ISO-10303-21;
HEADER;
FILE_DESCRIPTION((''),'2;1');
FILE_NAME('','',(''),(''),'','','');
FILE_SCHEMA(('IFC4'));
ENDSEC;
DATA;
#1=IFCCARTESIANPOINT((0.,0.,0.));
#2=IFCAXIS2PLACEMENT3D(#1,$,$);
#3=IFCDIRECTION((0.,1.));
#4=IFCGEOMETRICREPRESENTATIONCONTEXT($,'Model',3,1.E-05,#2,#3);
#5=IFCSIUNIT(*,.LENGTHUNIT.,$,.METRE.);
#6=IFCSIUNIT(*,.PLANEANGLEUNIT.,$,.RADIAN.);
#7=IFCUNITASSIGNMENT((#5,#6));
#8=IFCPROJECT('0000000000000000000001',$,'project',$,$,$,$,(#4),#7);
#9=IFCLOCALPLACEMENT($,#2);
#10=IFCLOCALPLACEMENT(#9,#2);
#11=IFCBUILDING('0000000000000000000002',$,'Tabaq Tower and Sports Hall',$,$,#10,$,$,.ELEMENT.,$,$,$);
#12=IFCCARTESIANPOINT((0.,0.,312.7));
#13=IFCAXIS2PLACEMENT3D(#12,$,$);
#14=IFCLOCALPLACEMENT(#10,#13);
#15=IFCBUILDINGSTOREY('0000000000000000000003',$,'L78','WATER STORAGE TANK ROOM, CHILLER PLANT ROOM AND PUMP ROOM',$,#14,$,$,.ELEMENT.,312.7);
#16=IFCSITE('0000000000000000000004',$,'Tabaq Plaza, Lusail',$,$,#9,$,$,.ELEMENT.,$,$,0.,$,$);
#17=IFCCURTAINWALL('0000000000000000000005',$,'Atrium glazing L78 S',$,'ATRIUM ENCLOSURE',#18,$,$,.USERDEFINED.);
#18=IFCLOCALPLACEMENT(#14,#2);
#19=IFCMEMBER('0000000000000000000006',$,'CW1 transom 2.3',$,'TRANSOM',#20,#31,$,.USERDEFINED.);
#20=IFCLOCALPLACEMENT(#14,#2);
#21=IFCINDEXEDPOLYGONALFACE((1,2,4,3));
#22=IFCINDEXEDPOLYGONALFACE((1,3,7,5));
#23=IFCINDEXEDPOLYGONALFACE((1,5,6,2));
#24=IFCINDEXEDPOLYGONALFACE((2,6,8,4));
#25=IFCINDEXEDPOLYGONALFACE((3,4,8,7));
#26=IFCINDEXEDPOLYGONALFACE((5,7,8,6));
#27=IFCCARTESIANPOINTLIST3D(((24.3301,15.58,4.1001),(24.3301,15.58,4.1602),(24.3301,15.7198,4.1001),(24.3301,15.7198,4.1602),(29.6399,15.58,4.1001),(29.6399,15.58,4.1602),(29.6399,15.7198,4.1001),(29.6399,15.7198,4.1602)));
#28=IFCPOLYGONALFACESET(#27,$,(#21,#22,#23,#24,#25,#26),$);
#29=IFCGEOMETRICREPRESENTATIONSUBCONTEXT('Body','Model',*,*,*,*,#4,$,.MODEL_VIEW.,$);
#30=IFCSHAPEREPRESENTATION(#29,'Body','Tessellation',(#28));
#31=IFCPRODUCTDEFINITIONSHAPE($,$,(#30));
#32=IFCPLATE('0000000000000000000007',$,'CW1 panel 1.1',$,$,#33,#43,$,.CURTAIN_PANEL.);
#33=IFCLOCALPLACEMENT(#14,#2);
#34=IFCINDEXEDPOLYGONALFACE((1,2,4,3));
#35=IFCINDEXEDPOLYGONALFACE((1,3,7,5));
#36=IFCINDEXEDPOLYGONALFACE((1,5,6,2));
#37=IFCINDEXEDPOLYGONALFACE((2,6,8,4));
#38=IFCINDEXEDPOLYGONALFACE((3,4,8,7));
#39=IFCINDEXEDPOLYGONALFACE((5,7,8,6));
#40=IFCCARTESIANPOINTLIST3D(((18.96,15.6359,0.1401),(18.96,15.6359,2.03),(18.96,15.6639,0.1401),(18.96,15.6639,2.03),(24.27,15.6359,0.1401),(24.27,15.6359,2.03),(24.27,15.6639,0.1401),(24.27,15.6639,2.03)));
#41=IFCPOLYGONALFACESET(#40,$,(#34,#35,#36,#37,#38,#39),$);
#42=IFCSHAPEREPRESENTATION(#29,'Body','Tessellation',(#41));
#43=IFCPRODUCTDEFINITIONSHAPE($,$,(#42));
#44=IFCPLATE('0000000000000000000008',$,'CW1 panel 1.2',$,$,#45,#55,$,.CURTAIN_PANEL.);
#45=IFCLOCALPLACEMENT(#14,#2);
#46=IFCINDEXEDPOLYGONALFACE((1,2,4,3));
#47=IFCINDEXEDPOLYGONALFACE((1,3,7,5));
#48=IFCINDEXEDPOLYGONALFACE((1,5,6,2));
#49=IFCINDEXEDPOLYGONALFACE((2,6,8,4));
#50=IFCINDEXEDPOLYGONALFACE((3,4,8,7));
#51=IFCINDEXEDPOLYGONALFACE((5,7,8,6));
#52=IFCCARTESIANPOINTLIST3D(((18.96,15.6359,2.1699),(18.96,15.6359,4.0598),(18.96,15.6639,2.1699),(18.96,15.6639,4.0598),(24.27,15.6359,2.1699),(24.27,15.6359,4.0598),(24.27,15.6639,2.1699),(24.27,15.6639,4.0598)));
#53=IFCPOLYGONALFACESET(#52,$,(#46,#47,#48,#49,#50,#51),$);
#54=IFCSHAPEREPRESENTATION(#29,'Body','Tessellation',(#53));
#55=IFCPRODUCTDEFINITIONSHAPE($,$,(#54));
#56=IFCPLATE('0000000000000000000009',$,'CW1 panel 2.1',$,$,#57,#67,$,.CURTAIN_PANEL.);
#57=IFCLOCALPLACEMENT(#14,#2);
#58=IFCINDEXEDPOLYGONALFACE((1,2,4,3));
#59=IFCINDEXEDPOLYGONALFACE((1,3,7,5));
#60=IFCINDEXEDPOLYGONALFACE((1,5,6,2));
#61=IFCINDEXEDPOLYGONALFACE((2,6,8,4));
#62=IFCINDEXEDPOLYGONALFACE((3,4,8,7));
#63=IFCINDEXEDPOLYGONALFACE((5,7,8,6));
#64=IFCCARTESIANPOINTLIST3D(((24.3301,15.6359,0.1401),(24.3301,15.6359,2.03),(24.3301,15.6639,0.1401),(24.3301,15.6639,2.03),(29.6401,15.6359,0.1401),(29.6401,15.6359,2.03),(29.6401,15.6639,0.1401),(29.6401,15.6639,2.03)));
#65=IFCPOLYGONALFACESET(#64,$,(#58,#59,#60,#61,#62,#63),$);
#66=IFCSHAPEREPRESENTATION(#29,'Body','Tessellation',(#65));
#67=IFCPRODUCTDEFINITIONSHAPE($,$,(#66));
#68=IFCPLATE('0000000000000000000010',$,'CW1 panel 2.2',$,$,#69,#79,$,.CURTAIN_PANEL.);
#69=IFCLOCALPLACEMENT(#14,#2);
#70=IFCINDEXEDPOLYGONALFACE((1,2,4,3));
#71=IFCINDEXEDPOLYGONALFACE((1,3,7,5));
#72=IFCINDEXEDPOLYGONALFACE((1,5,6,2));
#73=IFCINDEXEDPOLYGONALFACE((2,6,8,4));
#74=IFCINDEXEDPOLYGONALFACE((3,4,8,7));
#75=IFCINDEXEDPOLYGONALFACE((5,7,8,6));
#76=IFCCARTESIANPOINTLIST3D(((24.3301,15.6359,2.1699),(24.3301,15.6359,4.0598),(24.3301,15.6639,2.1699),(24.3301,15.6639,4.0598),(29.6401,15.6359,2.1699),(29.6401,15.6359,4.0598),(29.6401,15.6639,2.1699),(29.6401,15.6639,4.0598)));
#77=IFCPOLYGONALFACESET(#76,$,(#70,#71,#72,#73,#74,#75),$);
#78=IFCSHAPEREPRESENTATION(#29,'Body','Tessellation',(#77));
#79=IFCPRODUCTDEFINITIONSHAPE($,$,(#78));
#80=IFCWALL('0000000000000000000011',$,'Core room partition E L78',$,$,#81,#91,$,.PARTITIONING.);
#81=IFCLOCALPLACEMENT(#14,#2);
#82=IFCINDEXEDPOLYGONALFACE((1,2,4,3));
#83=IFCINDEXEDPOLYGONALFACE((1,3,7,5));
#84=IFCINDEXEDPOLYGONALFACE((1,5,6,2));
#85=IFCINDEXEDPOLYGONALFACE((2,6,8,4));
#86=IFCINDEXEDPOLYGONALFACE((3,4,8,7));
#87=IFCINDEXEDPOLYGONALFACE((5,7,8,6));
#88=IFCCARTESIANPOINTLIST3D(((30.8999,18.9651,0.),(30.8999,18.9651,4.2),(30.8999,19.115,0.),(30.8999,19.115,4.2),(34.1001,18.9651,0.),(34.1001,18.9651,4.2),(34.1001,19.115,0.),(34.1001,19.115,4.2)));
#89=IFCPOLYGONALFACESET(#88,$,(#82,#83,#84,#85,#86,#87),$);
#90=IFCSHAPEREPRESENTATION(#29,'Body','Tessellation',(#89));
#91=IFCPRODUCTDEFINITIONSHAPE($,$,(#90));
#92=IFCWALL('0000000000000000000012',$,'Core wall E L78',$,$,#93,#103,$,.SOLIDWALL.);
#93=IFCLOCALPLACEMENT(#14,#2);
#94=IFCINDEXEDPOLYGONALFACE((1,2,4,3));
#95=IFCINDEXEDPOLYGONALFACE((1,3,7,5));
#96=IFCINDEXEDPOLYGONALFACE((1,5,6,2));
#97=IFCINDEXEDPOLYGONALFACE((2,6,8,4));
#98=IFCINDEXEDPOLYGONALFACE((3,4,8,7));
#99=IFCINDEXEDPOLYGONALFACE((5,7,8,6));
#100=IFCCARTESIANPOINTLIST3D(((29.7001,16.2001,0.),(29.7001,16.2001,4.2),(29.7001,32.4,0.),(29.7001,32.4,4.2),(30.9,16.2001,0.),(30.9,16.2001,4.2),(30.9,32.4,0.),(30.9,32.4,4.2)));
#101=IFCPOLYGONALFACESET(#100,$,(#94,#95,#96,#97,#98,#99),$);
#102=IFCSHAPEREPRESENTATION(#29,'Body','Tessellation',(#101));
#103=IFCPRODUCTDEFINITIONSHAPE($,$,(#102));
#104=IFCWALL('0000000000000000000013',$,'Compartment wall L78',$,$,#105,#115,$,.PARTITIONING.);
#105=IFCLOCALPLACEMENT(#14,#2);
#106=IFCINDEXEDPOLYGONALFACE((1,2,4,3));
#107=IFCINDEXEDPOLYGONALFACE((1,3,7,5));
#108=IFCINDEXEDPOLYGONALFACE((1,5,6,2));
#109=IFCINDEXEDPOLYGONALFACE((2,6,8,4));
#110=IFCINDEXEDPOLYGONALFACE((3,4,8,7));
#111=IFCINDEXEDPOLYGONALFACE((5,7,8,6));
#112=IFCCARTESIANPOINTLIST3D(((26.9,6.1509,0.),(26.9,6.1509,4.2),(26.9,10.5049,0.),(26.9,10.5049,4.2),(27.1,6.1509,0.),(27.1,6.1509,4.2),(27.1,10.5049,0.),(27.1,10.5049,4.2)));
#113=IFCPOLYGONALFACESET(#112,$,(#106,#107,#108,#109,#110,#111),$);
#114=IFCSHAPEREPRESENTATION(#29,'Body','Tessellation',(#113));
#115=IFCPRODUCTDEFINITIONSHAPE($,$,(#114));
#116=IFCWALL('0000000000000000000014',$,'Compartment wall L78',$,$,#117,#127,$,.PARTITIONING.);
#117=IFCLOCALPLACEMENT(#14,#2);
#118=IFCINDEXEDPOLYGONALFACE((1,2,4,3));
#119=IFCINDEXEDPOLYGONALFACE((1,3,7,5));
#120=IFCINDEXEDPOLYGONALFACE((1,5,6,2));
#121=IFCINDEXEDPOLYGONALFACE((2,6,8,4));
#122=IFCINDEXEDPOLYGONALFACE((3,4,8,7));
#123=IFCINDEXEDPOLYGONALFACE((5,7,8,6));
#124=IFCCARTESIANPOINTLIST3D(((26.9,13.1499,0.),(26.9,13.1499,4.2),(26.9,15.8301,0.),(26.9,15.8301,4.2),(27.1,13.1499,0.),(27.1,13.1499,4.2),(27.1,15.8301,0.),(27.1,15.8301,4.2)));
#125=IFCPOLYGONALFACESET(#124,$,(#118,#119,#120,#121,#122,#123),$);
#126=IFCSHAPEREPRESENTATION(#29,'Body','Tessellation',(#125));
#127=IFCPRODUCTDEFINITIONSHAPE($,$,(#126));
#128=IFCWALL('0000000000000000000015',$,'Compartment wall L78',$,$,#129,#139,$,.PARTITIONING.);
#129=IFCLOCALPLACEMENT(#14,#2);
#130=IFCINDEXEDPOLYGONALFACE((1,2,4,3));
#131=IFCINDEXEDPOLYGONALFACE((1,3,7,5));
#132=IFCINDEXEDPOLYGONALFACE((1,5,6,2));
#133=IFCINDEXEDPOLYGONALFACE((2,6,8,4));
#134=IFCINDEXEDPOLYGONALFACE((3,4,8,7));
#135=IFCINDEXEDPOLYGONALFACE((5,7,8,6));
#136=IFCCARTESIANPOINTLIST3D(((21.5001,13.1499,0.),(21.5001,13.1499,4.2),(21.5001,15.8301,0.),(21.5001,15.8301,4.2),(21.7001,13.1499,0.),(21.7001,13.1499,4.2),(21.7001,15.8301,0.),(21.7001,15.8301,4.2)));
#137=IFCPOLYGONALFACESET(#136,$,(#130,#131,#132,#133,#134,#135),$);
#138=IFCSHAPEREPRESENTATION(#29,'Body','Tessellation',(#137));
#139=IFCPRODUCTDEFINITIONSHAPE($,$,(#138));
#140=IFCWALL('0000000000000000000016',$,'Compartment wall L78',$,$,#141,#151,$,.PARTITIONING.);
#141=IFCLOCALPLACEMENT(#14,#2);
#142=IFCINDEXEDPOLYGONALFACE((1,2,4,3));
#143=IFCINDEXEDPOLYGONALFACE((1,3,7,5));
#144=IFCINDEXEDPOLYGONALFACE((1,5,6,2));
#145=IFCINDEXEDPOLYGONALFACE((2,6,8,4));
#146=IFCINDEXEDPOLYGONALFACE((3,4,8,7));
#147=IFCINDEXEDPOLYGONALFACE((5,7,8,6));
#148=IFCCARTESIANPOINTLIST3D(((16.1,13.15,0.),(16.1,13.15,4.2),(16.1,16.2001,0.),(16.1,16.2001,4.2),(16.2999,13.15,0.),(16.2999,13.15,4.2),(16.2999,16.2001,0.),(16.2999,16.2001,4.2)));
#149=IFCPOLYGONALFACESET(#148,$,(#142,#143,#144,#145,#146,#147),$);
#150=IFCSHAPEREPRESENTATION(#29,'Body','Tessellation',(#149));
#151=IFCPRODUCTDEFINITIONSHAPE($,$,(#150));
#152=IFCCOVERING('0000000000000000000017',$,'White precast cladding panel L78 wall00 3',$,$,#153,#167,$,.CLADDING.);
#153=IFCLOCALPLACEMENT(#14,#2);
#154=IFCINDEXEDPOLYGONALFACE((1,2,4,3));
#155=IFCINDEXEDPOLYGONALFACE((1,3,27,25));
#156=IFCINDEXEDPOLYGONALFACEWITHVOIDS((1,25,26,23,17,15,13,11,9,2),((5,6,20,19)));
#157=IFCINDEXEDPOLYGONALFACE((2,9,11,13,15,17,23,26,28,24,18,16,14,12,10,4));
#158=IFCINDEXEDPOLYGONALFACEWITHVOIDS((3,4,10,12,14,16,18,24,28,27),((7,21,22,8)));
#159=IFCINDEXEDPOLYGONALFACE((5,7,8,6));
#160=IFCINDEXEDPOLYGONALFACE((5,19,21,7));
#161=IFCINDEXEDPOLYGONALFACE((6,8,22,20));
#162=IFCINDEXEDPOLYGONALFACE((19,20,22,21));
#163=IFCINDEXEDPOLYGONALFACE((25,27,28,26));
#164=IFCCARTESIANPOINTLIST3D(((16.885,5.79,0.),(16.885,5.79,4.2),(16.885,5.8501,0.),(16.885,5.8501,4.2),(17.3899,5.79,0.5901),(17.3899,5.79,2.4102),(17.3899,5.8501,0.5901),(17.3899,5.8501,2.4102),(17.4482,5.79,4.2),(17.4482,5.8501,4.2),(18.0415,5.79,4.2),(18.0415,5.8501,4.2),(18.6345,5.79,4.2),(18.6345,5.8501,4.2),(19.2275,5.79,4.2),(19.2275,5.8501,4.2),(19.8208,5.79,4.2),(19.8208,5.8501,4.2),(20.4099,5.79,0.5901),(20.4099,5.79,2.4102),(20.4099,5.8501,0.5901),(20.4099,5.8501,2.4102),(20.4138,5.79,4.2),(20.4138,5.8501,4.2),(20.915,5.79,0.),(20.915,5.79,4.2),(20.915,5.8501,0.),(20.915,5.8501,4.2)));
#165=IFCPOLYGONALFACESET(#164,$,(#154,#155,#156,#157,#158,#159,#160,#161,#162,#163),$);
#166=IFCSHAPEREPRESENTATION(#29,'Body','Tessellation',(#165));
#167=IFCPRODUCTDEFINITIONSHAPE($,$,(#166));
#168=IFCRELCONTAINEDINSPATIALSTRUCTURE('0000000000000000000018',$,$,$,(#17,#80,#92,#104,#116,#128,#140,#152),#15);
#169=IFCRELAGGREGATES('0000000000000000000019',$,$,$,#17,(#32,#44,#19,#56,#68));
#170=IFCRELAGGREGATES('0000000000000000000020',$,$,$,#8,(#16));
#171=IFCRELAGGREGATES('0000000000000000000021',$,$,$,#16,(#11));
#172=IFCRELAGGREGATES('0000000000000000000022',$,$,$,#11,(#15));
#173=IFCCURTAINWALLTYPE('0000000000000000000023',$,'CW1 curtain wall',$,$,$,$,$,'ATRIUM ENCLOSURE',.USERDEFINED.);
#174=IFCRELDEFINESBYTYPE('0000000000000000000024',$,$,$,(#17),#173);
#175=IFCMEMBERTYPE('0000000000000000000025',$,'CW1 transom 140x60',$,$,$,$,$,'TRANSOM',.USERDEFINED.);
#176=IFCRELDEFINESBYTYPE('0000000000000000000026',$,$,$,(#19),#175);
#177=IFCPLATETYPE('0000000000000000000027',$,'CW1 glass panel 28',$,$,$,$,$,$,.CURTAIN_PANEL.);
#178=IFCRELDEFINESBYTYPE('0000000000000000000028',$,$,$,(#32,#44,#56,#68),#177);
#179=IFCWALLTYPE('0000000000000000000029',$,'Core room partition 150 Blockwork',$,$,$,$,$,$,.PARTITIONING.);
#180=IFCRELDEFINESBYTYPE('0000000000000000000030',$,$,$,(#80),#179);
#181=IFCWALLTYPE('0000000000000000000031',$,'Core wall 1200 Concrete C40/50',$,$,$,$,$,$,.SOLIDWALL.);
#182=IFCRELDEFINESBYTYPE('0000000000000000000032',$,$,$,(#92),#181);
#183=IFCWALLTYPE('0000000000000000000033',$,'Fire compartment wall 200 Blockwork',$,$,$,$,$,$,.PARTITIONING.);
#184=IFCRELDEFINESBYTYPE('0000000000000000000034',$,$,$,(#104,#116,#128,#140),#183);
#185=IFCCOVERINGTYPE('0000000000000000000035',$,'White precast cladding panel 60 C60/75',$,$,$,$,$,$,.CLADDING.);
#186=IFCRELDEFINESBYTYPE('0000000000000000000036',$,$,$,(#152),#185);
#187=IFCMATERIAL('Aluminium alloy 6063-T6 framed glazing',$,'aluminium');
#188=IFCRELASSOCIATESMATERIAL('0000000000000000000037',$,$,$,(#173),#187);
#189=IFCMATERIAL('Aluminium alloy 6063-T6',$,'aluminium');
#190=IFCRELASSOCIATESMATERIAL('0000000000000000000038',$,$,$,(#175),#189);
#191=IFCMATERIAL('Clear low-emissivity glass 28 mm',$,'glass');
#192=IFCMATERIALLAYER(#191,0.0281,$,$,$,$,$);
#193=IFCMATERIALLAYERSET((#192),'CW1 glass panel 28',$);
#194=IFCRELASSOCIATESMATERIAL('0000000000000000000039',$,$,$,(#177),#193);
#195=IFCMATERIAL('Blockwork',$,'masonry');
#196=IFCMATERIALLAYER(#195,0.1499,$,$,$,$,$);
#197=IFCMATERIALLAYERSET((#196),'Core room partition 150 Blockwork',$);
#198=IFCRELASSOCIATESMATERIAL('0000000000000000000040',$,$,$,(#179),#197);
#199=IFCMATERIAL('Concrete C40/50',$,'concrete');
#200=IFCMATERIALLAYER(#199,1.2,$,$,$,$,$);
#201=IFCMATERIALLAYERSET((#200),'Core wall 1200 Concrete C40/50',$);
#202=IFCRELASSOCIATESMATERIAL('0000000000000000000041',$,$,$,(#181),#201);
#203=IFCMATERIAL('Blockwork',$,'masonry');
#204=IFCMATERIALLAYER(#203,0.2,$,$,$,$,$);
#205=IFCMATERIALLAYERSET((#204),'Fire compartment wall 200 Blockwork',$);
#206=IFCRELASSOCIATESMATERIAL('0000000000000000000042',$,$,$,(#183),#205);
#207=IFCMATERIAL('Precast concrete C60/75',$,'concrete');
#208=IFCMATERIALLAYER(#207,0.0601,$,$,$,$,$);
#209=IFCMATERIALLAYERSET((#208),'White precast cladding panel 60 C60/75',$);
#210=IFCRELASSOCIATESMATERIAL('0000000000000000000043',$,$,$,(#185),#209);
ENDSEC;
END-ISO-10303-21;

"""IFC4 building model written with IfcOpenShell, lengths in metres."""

from ifc_helpers import new_model, si_unit, direction, frame, frame_2d, origin, origin_2d, place, context, subcontext, project, spatial, polyline, rectangle, outline, extrude, material, layer, layer_set, material_profile, profile_set, type_object, element, aggregate, save


model = new_model("IFC4")

# Units and contexts
model_context = context("Model", 3, precision=1e-05, world=origin(), true_north=direction((0.0, 1.0)))
body_context = subcontext(model_context, "Body", "Model", "MODEL_VIEW")
ifc_project = project(units=[si_unit("LENGTHUNIT", "METRE"), si_unit("PLANEANGLEUNIT", "RADIAN")], contexts=[model_context])

# Site, building, storey
site_placement = place(None, origin())
site = spatial("IfcSite", under=ifc_project, at=site_placement, Name="Tabaq Plaza, Lusail", CompositionType="ELEMENT", RefElevation=0.0)
building_placement = place(site_placement, origin())
building = spatial("IfcBuilding", under=site, at=building_placement, Name="Tabaq Tower and Sports Hall", CompositionType="ELEMENT")
storey_placement = place(building_placement, frame((0.0, 0.0, 312.7)))
storey = spatial("IfcBuildingStorey", under=building, at=storey_placement, Name="L78", Description="WATER STORAGE TANK ROOM, CHILLER PLANT ROOM AND PUMP ROOM", CompositionType="ELEMENT", Elevation=312.7)

# Curtain wall, member, plates
ifc_material_1 = material(Name="Aluminium alloy 6063-T6 framed glazing", Category="aluminium")
curtain_wall_type = type_object("IfcCurtainWallType", Name="CW1 curtain wall", ElementType="ATRIUM ENCLOSURE", PredefinedType="USERDEFINED", material=ifc_material_1)
curtain_wall_placement = place(storey_placement, origin())
curtain_wall = element("IfcCurtainWall", 1, at=curtain_wall_placement, inside=storey, type_object=curtain_wall_type, Name="Atrium glazing L78 S", ObjectType="ATRIUM ENCLOSURE", PredefinedType="USERDEFINED")
ifc_material_2 = material(Name="Aluminium alloy 6063-T6", Category="aluminium")
ifc_material_profile_1 = material_profile(ifc_material_2, rectangle(XDim=0.1399, YDim=0.0601, at=origin_2d()), Name="TRANSOM 140x60")
ifc_profile_set_1 = profile_set([ifc_material_profile_1], Name="Aluminium alloy 6063-T6")
member_type_1 = type_object("IfcMemberType", Name="CW1 transom 140x60", ElementType="TRANSOM", PredefinedType="USERDEFINED", material=ifc_profile_set_1)
member_1_placement = place(storey_placement, frame((24.3301, 15.6499, 4.1301), z_axis=(1.0, 0.0, 0.0), x_axis=(0.0, 1.0, 0.0)))
member_1 = element("IfcMember", 2, at=member_1_placement, type_object=member_type_1, Name="CW1 transom 2.3", ObjectType="TRANSOM", PredefinedType="USERDEFINED", context=body_context, shape_type="SweptSolid", body=[
    extrude(rectangle(XDim=0.1399, YDim=0.0601, at=origin_2d()), origin(), (0.0, 0.0, 1.0), 5.3098),
])
ifc_material_3 = material(Name="Clear low-emissivity glass 28 mm", Category="glass")
ifc_layer_1 = layer(ifc_material_3, 0.0281)
ifc_layer_set_1 = layer_set([ifc_layer_1], Name="CW1 glass panel 28")
plate_type = type_object("IfcPlateType", Name="CW1 glass panel 28", PredefinedType="CURTAIN_PANEL", material=ifc_layer_set_1)
plate_1_placement = place(storey_placement, frame((21.615, 15.6499, 0.1401), z_axis=(0.0, 0.0, 1.0), x_axis=(1.0, 0.0, 0.0)))
plate_1 = element("IfcPlate", 3, at=plate_1_placement, type_object=plate_type, Name="CW1 panel 1.1", PredefinedType="CURTAIN_PANEL", context=body_context, shape_type="SweptSolid", body=[
    extrude(rectangle(XDim=5.3101, YDim=0.0281, at=origin_2d()), origin(), (0.0, 0.0, 1.0), 1.8899),
])
plate_2_placement = place(storey_placement, frame((21.615, 15.6499, 2.1699), z_axis=(0.0, 0.0, 1.0), x_axis=(1.0, 0.0, 0.0)))
plate_2 = element("IfcPlate", 4, at=plate_2_placement, type_object=plate_type, Name="CW1 panel 1.2", PredefinedType="CURTAIN_PANEL", context=body_context, shape_type="SweptSolid", body=[
    extrude(rectangle(XDim=5.3101, YDim=0.0281, at=origin_2d()), origin(), (0.0, 0.0, 1.0), 1.8899),
])
plate_3_placement = place(storey_placement, frame((26.9851, 15.6499, 0.1401), z_axis=(0.0, 0.0, 1.0), x_axis=(1.0, 0.0, 0.0)))
plate_3 = element("IfcPlate", 5, at=plate_3_placement, type_object=plate_type, Name="CW1 panel 2.1", PredefinedType="CURTAIN_PANEL", context=body_context, shape_type="SweptSolid", body=[
    extrude(rectangle(XDim=5.3101, YDim=0.0281, at=origin_2d()), origin(), (0.0, 0.0, 1.0), 1.8899),
])
plate_4_placement = place(storey_placement, frame((26.9851, 15.6499, 2.1699), z_axis=(0.0, 0.0, 1.0), x_axis=(1.0, 0.0, 0.0)))
plate_4 = element("IfcPlate", 6, at=plate_4_placement, type_object=plate_type, Name="CW1 panel 2.2", PredefinedType="CURTAIN_PANEL", context=body_context, shape_type="SweptSolid", body=[
    extrude(rectangle(XDim=5.3101, YDim=0.0281, at=origin_2d()), origin(), (0.0, 0.0, 1.0), 1.8899),
])
aggregate(curtain_wall, [plate_1, plate_2, member_1, plate_3, plate_4])

# Walls
ifc_material_4 = material(Name="Blockwork", Category="masonry")
ifc_layer_2 = layer(ifc_material_4, 0.1499)
ifc_layer_set_2 = layer_set([ifc_layer_2], Name="Core room partition 150 Blockwork")
wall_type_1 = type_object("IfcWallType", Name="Core room partition 150 Blockwork", PredefinedType="PARTITIONING", material=ifc_layer_set_2)
wall_1_placement = place(storey_placement, frame((30.8999, 19.04, 0.0), z_axis=(0.0, 0.0, 1.0), x_axis=(1.0, 0.0, 0.0)))
element("IfcWall", 7, at=wall_1_placement, inside=storey, type_object=wall_type_1, Name="Core room partition E L78", PredefinedType="PARTITIONING", context=body_context, shape_type="SweptSolid", body=[
    extrude(rectangle(XDim=3.2002, YDim=0.1499, at=frame_2d((1.6001, 0.0))), origin(), (0.0, 0.0, 1.0), 4.2),
])
ifc_material_5 = material(Name="Concrete C40/50", Category="concrete")
ifc_layer_3 = layer(ifc_material_5, 1.2)
ifc_layer_set_3 = layer_set([ifc_layer_3], Name="Core wall 1200 Concrete C40/50")
wall_type_2 = type_object("IfcWallType", Name="Core wall 1200 Concrete C40/50", PredefinedType="SOLIDWALL", material=ifc_layer_set_3)
wall_2_placement = place(storey_placement, frame((30.3, 16.2, 0.0), z_axis=(0.0, 0.0, 1.0), x_axis=(0.0, 1.0, 0.0)))
element("IfcWall", 8, at=wall_2_placement, inside=storey, type_object=wall_type_2, Name="Core wall E L78", PredefinedType="SOLIDWALL", context=body_context, shape_type="SweptSolid", body=[
    extrude(rectangle(XDim=16.2, YDim=1.2, at=frame_2d((8.1001, 0.0))), origin(), (0.0, 0.0, 1.0), 4.2),
])

# Walls
ifc_material_6 = material(Name="Blockwork", Category="masonry")
ifc_layer_4 = layer(ifc_material_6, 0.2)
ifc_layer_set_4 = layer_set([ifc_layer_4], Name="Fire compartment wall 200 Blockwork")
wall_type_3 = type_object("IfcWallType", Name="Fire compartment wall 200 Blockwork", PredefinedType="PARTITIONING", material=ifc_layer_set_4)
wall_3_placement = place(storey_placement, frame((27.0, 10.5049, 0.0), z_axis=(0.0, 0.0, 1.0), x_axis=(0.0, -1.0, 0.0)))
element("IfcWall", 9, at=wall_3_placement, inside=storey, type_object=wall_type_3, Name="Compartment wall L78", PredefinedType="PARTITIONING", context=body_context, shape_type="SweptSolid", body=[
    extrude(rectangle(XDim=4.354, YDim=0.2, at=frame_2d((2.177, 0.0))), origin(), (0.0, 0.0, 1.0), 4.2),
])
for number, where, z_axis, x_axis, name in (
    (10, (27.0, 15.8301, 0.0), (0.0, 0.0, 1.0), (0.0, -1.0, 0.0), "Compartment wall L78"),
    (11, (21.6001, 15.8301, 0.0), (0.0, 0.0, 1.0), (0.0, -1.0, 0.0), "Compartment wall L78"),
):
    element("IfcWall", number, at=place(storey_placement, frame(where, z_axis=z_axis, x_axis=x_axis)), inside=storey, type_object=wall_type_3, Name=name, PredefinedType="PARTITIONING", context=body_context, shape_type="SweptSolid", body=[
        extrude(rectangle(XDim=2.6802, YDim=0.2, at=frame_2d((1.3401, 0.0))), origin(), (0.0, 0.0, 1.0), 4.2),
    ])
wall_4_placement = place(storey_placement, frame((16.2, 16.2, 0.0), z_axis=(0.0, 0.0, 1.0), x_axis=(0.0, -1.0, 0.0)))
element("IfcWall", 12, at=wall_4_placement, inside=storey, type_object=wall_type_3, Name="Compartment wall L78", PredefinedType="PARTITIONING", context=body_context, shape_type="SweptSolid", body=[
    extrude(rectangle(XDim=3.05, YDim=0.2, at=frame_2d((1.5249, 0.0))), origin(), (0.0, 0.0, 1.0), 4.2),
])

# Covering
ifc_material_7 = material(Name="Precast concrete C60/75", Category="concrete")
ifc_layer_5 = layer(ifc_material_7, 0.0601)
ifc_layer_set_5 = layer_set([ifc_layer_5], Name="White precast cladding panel 60 C60/75")
covering_type = type_object("IfcCoveringType", Name="White precast cladding panel 60 C60/75", PredefinedType="CLADDING", material=ifc_layer_set_5)
covering_1_placement = place(storey_placement, frame((16.885, 5.8201, 0.0), z_axis=(0.0, 0.0, 1.0), x_axis=(1.0, 0.0, 0.0)))
element("IfcCovering", 13, at=covering_1_placement, inside=storey, type_object=covering_type, Name="White precast cladding panel L78 wall00 3", PredefinedType="CLADDING", context=body_context, shape_type="SweptSolid", body=[
    extrude(outline(polyline([(0.0, 0.0), (4.03, 0.0), (4.03, 4.2), (3.5288, 4.2), (2.9358, 4.2), (2.3425, 4.2), (1.7495, 4.2), (1.1565, 4.2), (0.5632, 4.2), (0.0, 4.2), (0.0, 0.0)]), holes=[polyline([(0.5049, 0.5901), (0.5049, 2.4102), (3.5249, 2.4102), (3.5249, 0.5901), (0.5049, 0.5901)])]), frame((0.0, 0.03, 0.0), z_axis=(0.0, -1.0, 0.0), x_axis=(1.0, 0.0, 0.0)), (0.0, 0.0, 1.0), 0.0601),
])

save(model, "model.ifc")
